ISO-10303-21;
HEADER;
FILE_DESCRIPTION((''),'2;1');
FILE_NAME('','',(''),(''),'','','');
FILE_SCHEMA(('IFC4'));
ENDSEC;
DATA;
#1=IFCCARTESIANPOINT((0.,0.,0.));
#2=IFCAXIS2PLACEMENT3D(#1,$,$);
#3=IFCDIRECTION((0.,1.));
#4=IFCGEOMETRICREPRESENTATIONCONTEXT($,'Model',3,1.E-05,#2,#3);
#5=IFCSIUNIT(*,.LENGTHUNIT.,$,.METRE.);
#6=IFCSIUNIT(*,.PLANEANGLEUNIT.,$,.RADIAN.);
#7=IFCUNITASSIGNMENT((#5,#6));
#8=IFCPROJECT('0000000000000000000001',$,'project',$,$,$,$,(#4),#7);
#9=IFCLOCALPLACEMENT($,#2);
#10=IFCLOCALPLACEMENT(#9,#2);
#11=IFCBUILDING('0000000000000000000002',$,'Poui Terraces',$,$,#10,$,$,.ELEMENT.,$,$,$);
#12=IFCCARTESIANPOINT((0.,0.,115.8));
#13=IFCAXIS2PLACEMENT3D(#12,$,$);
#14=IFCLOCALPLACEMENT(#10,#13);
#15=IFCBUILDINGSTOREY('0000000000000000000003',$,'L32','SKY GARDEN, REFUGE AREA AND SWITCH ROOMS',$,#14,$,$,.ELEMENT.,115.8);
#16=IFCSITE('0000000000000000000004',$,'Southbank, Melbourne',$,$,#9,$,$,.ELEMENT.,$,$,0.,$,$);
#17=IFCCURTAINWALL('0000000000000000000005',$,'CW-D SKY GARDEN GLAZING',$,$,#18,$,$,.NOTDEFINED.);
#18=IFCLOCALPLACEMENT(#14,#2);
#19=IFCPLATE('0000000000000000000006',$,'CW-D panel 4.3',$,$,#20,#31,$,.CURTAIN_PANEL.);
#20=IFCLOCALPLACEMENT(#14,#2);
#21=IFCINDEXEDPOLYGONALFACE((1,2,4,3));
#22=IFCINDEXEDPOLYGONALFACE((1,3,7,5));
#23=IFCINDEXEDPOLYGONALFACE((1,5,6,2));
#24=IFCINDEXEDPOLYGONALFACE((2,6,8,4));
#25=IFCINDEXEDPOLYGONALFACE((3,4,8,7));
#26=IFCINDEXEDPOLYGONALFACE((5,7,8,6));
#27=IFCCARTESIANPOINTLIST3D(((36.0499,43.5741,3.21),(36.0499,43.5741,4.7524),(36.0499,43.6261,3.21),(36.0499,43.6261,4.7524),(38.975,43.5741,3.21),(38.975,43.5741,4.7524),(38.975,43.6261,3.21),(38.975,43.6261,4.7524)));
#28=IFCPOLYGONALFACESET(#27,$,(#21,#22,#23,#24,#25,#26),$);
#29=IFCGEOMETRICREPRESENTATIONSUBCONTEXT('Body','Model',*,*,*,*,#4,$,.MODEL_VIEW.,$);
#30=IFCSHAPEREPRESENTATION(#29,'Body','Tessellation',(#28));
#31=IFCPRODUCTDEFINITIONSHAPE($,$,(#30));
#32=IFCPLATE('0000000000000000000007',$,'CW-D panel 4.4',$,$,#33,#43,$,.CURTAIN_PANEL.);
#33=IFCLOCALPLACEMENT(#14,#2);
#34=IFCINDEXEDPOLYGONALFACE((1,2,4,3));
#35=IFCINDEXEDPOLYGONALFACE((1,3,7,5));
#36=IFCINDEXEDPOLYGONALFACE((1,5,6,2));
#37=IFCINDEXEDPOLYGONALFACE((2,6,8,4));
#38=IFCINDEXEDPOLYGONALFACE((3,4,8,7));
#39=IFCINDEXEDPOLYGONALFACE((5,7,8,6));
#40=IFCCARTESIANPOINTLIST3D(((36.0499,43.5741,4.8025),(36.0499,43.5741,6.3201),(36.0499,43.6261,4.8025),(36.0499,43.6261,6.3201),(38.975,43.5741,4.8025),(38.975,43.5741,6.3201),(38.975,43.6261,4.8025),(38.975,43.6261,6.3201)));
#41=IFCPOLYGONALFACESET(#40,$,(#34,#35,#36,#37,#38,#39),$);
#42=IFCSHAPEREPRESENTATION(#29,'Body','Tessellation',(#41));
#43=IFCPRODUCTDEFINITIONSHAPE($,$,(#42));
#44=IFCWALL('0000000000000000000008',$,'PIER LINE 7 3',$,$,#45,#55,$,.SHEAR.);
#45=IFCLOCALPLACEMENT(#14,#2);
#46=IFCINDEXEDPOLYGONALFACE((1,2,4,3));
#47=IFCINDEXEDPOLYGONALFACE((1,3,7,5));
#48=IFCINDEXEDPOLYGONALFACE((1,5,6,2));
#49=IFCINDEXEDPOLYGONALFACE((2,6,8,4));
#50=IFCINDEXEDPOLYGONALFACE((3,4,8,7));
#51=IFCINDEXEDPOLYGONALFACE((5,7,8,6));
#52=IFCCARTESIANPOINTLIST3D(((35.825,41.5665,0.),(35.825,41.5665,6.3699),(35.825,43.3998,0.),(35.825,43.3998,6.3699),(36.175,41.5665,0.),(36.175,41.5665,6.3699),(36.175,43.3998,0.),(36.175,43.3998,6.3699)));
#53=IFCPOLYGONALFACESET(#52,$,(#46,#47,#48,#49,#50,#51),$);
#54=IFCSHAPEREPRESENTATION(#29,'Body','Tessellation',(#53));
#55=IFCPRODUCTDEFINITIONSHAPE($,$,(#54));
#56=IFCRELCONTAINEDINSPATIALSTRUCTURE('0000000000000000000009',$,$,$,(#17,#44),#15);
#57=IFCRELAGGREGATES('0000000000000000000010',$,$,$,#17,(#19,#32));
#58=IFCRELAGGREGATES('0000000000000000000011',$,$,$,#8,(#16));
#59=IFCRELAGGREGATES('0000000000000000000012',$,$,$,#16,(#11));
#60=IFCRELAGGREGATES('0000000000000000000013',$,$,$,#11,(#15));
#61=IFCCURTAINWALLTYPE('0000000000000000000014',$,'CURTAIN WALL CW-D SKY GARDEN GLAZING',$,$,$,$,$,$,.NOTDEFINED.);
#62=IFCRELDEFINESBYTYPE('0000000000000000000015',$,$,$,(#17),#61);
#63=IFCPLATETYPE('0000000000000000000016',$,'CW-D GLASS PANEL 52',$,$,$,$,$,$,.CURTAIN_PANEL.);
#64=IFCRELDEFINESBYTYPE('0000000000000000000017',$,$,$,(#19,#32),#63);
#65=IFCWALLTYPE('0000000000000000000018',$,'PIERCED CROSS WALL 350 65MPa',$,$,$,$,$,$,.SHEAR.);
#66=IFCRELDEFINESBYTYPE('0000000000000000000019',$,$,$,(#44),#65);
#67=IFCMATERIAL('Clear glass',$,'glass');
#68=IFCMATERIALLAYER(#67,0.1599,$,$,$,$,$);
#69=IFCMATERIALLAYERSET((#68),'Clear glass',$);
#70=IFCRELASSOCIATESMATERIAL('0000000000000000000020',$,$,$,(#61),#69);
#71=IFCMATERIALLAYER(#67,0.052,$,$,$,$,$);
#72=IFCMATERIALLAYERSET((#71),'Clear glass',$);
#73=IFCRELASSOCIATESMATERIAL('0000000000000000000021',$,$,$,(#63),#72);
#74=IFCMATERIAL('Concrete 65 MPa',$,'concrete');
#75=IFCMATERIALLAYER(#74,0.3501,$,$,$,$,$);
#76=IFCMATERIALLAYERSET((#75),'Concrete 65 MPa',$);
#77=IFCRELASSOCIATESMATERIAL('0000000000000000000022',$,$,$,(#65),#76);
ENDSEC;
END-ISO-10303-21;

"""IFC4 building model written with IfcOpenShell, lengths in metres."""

from ifc_helpers import new_model, si_unit, direction, frame, frame_2d, origin, origin_2d, place, context, subcontext, project, spatial, rectangle, extrude, material, layer, layer_set, type_object, element, aggregate, save


model = new_model("IFC4")

# Units and contexts
model_context = context("Model", 3, precision=1e-05, world=origin(), true_north=direction((0.0, 1.0)))
body_context = subcontext(model_context, "Body", "Model", "MODEL_VIEW")
ifc_project = project(units=[si_unit("LENGTHUNIT", "METRE"), si_unit("PLANEANGLEUNIT", "RADIAN")], contexts=[model_context])

# Site, building, storey
site_placement = place(None, origin())
site = spatial("IfcSite", under=ifc_project, at=site_placement, Name="Southbank, Melbourne", CompositionType="ELEMENT", RefElevation=0.0)
building_placement = place(site_placement, origin())
building = spatial("IfcBuilding", under=site, at=building_placement, Name="Poui Terraces", CompositionType="ELEMENT")
storey_placement = place(building_placement, frame((0.0, 0.0, 115.8)))
storey = spatial("IfcBuildingStorey", under=building, at=storey_placement, Name="L32", Description="SKY GARDEN, REFUGE AREA AND SWITCH ROOMS", CompositionType="ELEMENT", Elevation=115.8)

# Curtain wall
ifc_material_1 = material(Name="Clear glass", Category="glass")
ifc_layer_1 = layer(ifc_material_1, 0.1599)
ifc_layer_set_1 = layer_set([ifc_layer_1], Name="Clear glass")
curtain_wall_type = type_object("IfcCurtainWallType", Name="CURTAIN WALL CW-D SKY GARDEN GLAZING", PredefinedType="NOTDEFINED", material=ifc_layer_set_1)
curtain_wall_1_placement = place(storey_placement, origin())
curtain_wall_1 = element("IfcCurtainWall", 1, at=curtain_wall_1_placement, inside=storey, type_object=curtain_wall_type, Name="CW-D SKY GARDEN GLAZING", PredefinedType="NOTDEFINED")

# Plates
ifc_layer_2 = layer(ifc_material_1, 0.052)
ifc_layer_set_2 = layer_set([ifc_layer_2], Name="Clear glass")
plate_type = type_object("IfcPlateType", Name="CW-D GLASS PANEL 52", PredefinedType="CURTAIN_PANEL", material=ifc_layer_set_2)
plate_1_placement = place(storey_placement, frame((37.5125, 43.6001, 3.21), z_axis=(0.0, 0.0, 1.0), x_axis=(-1.0, 0.0, 0.0)))
plate_1 = element("IfcPlate", 2, at=plate_1_placement, type_object=plate_type, Name="CW-D panel 4.3", PredefinedType="CURTAIN_PANEL", context=body_context, shape_type="SweptSolid", body=[
    extrude(rectangle(XDim=2.925, YDim=0.052, at=origin_2d()), origin(), (0.0, 0.0, 1.0), 1.5425),
])
plate_2_placement = place(storey_placement, frame((37.5125, 43.6001, 4.8025), z_axis=(0.0, 0.0, 1.0), x_axis=(-1.0, 0.0, 0.0)))
plate_2 = element("IfcPlate", 3, at=plate_2_placement, type_object=plate_type, Name="CW-D panel 4.4", PredefinedType="CURTAIN_PANEL", context=body_context, shape_type="SweptSolid", body=[
    extrude(rectangle(XDim=2.925, YDim=0.052, at=origin_2d()), origin(), (0.0, 0.0, 1.0), 1.5176),
])
aggregate(curtain_wall_1, [plate_1, plate_2])

# Wall
ifc_material_2 = material(Name="Concrete 65 MPa", Category="concrete")
ifc_layer_3 = layer(ifc_material_2, 0.3501)
ifc_layer_set_3 = layer_set([ifc_layer_3], Name="Concrete 65 MPa")
wall_type = type_object("IfcWallType", Name="PIERCED CROSS WALL 350 65MPa", PredefinedType="SHEAR", material=ifc_layer_set_3)
wall_placement = place(storey_placement, frame((36.0, 41.5667, 0.0), z_axis=(0.0, 0.0, 1.0), x_axis=(0.0, 1.0, 0.0)))
element("IfcWall", 4, at=wall_placement, inside=storey, type_object=wall_type, Name="PIER LINE 7 3", PredefinedType="SHEAR", context=body_context, shape_type="SweptSolid", body=[
    extrude(rectangle(XDim=1.8333, YDim=0.3501, at=frame_2d((0.9165, 0.0))), origin(), (0.0, 0.0, 1.0), 6.3699),
])

save(model, "model.ifc")
